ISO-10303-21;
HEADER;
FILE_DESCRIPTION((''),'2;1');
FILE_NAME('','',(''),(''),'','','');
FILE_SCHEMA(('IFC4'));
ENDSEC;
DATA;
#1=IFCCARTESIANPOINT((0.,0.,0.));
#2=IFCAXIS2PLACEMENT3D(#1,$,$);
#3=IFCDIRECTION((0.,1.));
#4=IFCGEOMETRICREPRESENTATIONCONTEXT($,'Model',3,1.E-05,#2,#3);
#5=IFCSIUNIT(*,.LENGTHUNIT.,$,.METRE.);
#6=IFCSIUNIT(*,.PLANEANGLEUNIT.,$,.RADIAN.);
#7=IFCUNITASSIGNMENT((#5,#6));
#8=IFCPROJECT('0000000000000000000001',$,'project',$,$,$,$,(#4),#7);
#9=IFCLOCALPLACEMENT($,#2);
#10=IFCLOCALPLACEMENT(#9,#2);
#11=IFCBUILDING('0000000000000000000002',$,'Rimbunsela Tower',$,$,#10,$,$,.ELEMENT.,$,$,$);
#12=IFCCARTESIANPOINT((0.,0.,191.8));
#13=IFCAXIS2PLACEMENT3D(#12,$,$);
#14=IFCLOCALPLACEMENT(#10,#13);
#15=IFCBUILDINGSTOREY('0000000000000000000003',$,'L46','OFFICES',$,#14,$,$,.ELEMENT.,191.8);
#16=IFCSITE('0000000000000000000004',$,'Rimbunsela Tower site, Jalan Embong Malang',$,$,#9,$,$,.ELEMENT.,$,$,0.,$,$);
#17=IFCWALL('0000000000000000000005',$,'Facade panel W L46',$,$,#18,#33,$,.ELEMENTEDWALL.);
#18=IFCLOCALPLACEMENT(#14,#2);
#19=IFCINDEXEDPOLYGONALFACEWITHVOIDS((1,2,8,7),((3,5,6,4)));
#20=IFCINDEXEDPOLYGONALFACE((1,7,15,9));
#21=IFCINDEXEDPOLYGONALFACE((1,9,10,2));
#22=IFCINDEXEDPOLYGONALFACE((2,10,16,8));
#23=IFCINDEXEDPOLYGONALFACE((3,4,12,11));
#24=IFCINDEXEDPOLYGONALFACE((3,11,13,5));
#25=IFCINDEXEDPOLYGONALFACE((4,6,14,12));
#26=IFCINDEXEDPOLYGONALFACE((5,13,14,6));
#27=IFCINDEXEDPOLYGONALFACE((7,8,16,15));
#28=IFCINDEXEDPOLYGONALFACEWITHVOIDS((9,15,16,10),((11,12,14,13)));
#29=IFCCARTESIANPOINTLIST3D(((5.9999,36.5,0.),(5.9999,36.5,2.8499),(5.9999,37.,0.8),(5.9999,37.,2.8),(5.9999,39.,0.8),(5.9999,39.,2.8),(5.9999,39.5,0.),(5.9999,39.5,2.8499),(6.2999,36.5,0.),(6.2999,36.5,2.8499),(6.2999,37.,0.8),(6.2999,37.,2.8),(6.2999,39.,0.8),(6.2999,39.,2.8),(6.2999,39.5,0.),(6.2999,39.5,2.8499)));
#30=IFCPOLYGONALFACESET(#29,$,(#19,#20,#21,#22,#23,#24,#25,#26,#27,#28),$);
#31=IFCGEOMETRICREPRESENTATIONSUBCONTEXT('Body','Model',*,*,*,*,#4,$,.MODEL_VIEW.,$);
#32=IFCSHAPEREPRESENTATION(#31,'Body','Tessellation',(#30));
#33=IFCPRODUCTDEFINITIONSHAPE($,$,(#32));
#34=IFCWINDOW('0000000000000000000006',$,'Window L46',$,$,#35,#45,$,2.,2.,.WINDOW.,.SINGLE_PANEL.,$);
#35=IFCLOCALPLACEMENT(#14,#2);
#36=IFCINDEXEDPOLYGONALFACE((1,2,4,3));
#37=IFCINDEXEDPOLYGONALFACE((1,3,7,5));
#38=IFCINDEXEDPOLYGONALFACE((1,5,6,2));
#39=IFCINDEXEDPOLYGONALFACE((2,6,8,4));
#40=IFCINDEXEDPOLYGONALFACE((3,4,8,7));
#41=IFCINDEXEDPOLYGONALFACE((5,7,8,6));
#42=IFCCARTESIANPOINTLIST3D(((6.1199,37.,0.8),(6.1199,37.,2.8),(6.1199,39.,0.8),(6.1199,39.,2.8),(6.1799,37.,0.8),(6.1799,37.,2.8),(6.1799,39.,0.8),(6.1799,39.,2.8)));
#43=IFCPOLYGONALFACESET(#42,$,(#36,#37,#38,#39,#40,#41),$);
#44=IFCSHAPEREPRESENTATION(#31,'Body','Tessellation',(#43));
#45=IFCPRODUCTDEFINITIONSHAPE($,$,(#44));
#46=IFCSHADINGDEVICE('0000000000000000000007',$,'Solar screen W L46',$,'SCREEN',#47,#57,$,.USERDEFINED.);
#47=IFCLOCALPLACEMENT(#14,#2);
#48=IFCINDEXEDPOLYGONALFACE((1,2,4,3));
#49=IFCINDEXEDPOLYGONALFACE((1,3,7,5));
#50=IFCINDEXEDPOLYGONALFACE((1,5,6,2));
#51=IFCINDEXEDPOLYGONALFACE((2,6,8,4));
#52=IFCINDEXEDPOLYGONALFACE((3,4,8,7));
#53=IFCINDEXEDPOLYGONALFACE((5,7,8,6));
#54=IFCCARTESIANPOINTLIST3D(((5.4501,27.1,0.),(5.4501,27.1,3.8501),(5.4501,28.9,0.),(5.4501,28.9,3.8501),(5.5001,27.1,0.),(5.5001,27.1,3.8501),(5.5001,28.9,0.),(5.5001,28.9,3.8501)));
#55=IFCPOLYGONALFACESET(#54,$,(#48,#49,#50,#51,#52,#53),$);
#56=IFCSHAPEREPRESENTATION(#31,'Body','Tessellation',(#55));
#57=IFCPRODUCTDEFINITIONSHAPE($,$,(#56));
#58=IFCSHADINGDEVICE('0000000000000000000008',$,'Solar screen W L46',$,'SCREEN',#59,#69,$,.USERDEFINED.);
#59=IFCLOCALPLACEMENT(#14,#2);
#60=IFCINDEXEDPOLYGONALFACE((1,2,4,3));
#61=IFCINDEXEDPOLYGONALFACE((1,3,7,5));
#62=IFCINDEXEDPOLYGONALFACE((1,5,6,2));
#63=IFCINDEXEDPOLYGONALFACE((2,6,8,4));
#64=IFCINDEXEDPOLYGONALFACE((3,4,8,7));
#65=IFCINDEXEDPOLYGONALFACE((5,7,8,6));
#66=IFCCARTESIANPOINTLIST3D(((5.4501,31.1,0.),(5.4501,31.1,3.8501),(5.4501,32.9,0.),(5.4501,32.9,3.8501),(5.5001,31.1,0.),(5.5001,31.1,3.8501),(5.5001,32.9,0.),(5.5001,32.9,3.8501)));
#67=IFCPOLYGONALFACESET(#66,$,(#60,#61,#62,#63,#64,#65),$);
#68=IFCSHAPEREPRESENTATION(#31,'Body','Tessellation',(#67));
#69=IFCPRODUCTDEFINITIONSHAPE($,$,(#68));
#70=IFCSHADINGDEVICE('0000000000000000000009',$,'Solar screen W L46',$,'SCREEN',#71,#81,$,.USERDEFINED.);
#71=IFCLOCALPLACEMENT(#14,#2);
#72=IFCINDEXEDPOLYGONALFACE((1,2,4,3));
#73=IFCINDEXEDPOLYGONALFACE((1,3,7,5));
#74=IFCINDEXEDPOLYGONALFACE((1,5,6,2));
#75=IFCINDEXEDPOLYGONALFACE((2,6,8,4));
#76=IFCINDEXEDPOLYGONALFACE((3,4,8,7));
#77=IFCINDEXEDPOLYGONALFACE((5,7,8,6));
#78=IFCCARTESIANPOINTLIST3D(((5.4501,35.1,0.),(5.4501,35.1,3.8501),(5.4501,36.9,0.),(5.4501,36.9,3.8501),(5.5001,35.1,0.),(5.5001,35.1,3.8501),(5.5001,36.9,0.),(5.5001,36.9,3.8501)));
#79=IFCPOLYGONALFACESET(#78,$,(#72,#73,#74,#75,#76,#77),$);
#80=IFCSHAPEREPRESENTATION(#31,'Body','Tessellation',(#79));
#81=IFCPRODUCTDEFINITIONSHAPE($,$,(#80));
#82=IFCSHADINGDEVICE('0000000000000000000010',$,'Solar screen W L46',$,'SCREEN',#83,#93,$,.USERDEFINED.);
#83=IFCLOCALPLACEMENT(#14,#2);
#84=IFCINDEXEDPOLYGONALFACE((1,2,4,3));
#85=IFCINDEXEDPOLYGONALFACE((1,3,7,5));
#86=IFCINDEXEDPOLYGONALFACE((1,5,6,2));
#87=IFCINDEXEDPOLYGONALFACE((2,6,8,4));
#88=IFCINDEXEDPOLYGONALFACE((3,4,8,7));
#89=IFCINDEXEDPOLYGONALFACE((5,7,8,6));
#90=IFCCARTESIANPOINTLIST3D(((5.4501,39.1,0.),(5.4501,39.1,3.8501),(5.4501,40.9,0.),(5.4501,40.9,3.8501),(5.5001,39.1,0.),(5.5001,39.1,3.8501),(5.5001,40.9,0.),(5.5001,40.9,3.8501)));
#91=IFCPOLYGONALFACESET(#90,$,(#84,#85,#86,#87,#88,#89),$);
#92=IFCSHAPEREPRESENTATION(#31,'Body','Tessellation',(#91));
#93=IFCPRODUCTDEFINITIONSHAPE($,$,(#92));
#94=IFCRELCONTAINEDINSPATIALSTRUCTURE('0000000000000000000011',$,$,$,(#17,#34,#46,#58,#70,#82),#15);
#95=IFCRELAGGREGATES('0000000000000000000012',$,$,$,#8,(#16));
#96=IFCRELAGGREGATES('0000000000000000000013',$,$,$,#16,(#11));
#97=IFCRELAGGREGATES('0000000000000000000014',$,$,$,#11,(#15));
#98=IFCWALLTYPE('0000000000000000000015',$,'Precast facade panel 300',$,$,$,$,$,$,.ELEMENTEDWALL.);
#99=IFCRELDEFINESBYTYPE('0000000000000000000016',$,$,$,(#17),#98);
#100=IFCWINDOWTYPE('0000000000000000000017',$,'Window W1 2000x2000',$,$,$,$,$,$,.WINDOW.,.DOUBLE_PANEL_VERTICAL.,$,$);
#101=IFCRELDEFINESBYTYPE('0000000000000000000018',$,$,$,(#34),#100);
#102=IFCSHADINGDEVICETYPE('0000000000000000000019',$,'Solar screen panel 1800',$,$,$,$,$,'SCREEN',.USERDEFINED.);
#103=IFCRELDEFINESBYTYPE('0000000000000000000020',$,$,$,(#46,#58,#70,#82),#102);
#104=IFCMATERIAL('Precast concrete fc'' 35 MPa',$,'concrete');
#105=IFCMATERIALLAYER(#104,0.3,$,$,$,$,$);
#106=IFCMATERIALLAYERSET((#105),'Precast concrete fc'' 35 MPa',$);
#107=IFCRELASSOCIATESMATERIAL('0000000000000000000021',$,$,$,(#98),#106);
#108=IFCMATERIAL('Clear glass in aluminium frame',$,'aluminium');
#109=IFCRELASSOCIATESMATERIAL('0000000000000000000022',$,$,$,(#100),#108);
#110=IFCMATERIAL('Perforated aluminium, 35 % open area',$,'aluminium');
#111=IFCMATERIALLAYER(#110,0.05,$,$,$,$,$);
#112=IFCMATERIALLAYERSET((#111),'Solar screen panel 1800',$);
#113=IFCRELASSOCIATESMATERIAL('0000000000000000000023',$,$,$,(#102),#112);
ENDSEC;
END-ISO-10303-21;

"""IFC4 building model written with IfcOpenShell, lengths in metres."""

from ifc_helpers import new_model, si_unit, direction, frame, frame_2d, origin, origin_2d, place, context, subcontext, project, spatial, rectangle, extrude, material, layer, layer_set, type_object, element, fill, save


model = new_model("IFC4")

# Units and contexts
model_context = context("Model", 3, precision=1e-05, world=origin(), true_north=direction((0.0, 1.0)))
body_context = subcontext(model_context, "Body", "Model", "MODEL_VIEW")
ifc_project = project(units=[si_unit("LENGTHUNIT", "METRE"), si_unit("PLANEANGLEUNIT", "RADIAN")], contexts=[model_context])

# Site, building, storey
site_placement = place(None, origin())
site = spatial("IfcSite", under=ifc_project, at=site_placement, Name="Rimbunsela Tower site, Jalan Embong Malang", CompositionType="ELEMENT", RefElevation=0.0)
building_placement = place(site_placement, origin())
building = spatial("IfcBuilding", under=site, at=building_placement, Name="Rimbunsela Tower", CompositionType="ELEMENT")
storey_placement = place(building_placement, frame((0.0, 0.0, 191.8)))
storey = spatial("IfcBuildingStorey", under=building, at=storey_placement, Name="L46", Description="OFFICES", CompositionType="ELEMENT", Elevation=191.8)

# Wall, opening, window
ifc_material_1 = material(Name="Precast concrete fc' 35 MPa", Category="concrete")
ifc_layer_1 = layer(ifc_material_1, 0.3)
ifc_layer_set_1 = layer_set([ifc_layer_1], Name="Precast concrete fc' 35 MPa")
wall_type = type_object("IfcWallType", Name="Precast facade panel 300", PredefinedType="ELEMENTEDWALL", material=ifc_layer_set_1)
ifc_material_2 = material(Name="Clear glass in aluminium frame", Category="aluminium")
window_type = type_object("IfcWindowType", Name="Window W1 2000x2000", PartitioningType="DOUBLE_PANEL_VERTICAL", PredefinedType="WINDOW", material=ifc_material_2)
wall_1_placement = place(storey_placement, frame((6.1499, 39.5, 0.0), z_axis=(0.0, 0.0, 1.0), x_axis=(0.0, -1.0, 0.0)))
wall_1 = element("IfcWall", 1, at=wall_1_placement, inside=storey, type_object=wall_type, Name="Facade panel W L46", PredefinedType="ELEMENTEDWALL", context=body_context, shape_type="SweptSolid", body=[
    extrude(rectangle(XDim=3.0, YDim=0.3, at=frame_2d((1.5, 0.0))), origin(), (0.0, 0.0, 1.0), 2.8499),
])
opening_1_placement = place(wall_1_placement, frame((0.5, 0.0, 0.8)))
opening_1 = element("IfcOpeningElement", 2, at=opening_1_placement, cuts=wall_1, PredefinedType="OPENING", context=body_context, shape_type="SweptSolid", body=[
    extrude(rectangle(XDim=2.0, YDim=2.0, at=frame_2d((1.0, 1.0))), frame((0.0, 0.1599, 0.0), z_axis=(0.0, -1.0, 0.0), x_axis=(1.0, 0.0, 0.0)), (0.0, 0.0, 1.0), 0.3201),
])
window_1_placement = place(opening_1_placement, origin())
window_1 = element("IfcWindow", 3, at=window_1_placement, inside=storey, type_object=window_type, Name="Window L46", OverallHeight=2.0, OverallWidth=2.0, PartitioningType="SINGLE_PANEL", PredefinedType="WINDOW", context=body_context, shape_type="SweptSolid", body=[
    extrude(rectangle(XDim=2.0, YDim=2.0, at=frame_2d((1.0, 1.0))), frame((0.0, 0.03, 0.0), z_axis=(0.0, -1.0, 0.0), x_axis=(1.0, 0.0, 0.0)), (0.0, 0.0, 1.0), 0.0601),
])
fill(opening_1, window_1)

# Shading devices
ifc_material_3 = material(Name="Perforated aluminium, 35 % open area", Category="aluminium")
ifc_layer_2 = layer(ifc_material_3, 0.05)
ifc_layer_set_2 = layer_set([ifc_layer_2], Name="Solar screen panel 1800")
shading_device_type = type_object("IfcShadingDeviceType", Name="Solar screen panel 1800", ElementType="SCREEN", PredefinedType="USERDEFINED", material=ifc_layer_set_2)
for number, where, z_axis, x_axis, name in (
    (4, (5.4751, 28.0, 0.0), (0.0, 0.0, 1.0), (0.0, 1.0, 0.0), "Solar screen W L46"),
    (5, (5.4751, 32.0, 0.0), (0.0, 0.0, 1.0), (0.0, 1.0, 0.0), "Solar screen W L46"),
    (6, (5.4751, 36.0, 0.0), (0.0, 0.0, 1.0), (0.0, 1.0, 0.0), "Solar screen W L46"),
    (7, (5.4751, 40.0, 0.0), (0.0, 0.0, 1.0), (0.0, 1.0, 0.0), "Solar screen W L46"),
):
    element("IfcShadingDevice", number, at=place(storey_placement, frame(where, z_axis=z_axis, x_axis=x_axis)), inside=storey, type_object=shading_device_type, Name=name, ObjectType="SCREEN", PredefinedType="USERDEFINED", context=body_context, shape_type="SweptSolid", body=[
        extrude(rectangle(XDim=1.8, YDim=0.05, at=origin_2d()), origin(), (0.0, 0.0, 1.0), 3.8501),
    ])

save(model, "model.ifc")
